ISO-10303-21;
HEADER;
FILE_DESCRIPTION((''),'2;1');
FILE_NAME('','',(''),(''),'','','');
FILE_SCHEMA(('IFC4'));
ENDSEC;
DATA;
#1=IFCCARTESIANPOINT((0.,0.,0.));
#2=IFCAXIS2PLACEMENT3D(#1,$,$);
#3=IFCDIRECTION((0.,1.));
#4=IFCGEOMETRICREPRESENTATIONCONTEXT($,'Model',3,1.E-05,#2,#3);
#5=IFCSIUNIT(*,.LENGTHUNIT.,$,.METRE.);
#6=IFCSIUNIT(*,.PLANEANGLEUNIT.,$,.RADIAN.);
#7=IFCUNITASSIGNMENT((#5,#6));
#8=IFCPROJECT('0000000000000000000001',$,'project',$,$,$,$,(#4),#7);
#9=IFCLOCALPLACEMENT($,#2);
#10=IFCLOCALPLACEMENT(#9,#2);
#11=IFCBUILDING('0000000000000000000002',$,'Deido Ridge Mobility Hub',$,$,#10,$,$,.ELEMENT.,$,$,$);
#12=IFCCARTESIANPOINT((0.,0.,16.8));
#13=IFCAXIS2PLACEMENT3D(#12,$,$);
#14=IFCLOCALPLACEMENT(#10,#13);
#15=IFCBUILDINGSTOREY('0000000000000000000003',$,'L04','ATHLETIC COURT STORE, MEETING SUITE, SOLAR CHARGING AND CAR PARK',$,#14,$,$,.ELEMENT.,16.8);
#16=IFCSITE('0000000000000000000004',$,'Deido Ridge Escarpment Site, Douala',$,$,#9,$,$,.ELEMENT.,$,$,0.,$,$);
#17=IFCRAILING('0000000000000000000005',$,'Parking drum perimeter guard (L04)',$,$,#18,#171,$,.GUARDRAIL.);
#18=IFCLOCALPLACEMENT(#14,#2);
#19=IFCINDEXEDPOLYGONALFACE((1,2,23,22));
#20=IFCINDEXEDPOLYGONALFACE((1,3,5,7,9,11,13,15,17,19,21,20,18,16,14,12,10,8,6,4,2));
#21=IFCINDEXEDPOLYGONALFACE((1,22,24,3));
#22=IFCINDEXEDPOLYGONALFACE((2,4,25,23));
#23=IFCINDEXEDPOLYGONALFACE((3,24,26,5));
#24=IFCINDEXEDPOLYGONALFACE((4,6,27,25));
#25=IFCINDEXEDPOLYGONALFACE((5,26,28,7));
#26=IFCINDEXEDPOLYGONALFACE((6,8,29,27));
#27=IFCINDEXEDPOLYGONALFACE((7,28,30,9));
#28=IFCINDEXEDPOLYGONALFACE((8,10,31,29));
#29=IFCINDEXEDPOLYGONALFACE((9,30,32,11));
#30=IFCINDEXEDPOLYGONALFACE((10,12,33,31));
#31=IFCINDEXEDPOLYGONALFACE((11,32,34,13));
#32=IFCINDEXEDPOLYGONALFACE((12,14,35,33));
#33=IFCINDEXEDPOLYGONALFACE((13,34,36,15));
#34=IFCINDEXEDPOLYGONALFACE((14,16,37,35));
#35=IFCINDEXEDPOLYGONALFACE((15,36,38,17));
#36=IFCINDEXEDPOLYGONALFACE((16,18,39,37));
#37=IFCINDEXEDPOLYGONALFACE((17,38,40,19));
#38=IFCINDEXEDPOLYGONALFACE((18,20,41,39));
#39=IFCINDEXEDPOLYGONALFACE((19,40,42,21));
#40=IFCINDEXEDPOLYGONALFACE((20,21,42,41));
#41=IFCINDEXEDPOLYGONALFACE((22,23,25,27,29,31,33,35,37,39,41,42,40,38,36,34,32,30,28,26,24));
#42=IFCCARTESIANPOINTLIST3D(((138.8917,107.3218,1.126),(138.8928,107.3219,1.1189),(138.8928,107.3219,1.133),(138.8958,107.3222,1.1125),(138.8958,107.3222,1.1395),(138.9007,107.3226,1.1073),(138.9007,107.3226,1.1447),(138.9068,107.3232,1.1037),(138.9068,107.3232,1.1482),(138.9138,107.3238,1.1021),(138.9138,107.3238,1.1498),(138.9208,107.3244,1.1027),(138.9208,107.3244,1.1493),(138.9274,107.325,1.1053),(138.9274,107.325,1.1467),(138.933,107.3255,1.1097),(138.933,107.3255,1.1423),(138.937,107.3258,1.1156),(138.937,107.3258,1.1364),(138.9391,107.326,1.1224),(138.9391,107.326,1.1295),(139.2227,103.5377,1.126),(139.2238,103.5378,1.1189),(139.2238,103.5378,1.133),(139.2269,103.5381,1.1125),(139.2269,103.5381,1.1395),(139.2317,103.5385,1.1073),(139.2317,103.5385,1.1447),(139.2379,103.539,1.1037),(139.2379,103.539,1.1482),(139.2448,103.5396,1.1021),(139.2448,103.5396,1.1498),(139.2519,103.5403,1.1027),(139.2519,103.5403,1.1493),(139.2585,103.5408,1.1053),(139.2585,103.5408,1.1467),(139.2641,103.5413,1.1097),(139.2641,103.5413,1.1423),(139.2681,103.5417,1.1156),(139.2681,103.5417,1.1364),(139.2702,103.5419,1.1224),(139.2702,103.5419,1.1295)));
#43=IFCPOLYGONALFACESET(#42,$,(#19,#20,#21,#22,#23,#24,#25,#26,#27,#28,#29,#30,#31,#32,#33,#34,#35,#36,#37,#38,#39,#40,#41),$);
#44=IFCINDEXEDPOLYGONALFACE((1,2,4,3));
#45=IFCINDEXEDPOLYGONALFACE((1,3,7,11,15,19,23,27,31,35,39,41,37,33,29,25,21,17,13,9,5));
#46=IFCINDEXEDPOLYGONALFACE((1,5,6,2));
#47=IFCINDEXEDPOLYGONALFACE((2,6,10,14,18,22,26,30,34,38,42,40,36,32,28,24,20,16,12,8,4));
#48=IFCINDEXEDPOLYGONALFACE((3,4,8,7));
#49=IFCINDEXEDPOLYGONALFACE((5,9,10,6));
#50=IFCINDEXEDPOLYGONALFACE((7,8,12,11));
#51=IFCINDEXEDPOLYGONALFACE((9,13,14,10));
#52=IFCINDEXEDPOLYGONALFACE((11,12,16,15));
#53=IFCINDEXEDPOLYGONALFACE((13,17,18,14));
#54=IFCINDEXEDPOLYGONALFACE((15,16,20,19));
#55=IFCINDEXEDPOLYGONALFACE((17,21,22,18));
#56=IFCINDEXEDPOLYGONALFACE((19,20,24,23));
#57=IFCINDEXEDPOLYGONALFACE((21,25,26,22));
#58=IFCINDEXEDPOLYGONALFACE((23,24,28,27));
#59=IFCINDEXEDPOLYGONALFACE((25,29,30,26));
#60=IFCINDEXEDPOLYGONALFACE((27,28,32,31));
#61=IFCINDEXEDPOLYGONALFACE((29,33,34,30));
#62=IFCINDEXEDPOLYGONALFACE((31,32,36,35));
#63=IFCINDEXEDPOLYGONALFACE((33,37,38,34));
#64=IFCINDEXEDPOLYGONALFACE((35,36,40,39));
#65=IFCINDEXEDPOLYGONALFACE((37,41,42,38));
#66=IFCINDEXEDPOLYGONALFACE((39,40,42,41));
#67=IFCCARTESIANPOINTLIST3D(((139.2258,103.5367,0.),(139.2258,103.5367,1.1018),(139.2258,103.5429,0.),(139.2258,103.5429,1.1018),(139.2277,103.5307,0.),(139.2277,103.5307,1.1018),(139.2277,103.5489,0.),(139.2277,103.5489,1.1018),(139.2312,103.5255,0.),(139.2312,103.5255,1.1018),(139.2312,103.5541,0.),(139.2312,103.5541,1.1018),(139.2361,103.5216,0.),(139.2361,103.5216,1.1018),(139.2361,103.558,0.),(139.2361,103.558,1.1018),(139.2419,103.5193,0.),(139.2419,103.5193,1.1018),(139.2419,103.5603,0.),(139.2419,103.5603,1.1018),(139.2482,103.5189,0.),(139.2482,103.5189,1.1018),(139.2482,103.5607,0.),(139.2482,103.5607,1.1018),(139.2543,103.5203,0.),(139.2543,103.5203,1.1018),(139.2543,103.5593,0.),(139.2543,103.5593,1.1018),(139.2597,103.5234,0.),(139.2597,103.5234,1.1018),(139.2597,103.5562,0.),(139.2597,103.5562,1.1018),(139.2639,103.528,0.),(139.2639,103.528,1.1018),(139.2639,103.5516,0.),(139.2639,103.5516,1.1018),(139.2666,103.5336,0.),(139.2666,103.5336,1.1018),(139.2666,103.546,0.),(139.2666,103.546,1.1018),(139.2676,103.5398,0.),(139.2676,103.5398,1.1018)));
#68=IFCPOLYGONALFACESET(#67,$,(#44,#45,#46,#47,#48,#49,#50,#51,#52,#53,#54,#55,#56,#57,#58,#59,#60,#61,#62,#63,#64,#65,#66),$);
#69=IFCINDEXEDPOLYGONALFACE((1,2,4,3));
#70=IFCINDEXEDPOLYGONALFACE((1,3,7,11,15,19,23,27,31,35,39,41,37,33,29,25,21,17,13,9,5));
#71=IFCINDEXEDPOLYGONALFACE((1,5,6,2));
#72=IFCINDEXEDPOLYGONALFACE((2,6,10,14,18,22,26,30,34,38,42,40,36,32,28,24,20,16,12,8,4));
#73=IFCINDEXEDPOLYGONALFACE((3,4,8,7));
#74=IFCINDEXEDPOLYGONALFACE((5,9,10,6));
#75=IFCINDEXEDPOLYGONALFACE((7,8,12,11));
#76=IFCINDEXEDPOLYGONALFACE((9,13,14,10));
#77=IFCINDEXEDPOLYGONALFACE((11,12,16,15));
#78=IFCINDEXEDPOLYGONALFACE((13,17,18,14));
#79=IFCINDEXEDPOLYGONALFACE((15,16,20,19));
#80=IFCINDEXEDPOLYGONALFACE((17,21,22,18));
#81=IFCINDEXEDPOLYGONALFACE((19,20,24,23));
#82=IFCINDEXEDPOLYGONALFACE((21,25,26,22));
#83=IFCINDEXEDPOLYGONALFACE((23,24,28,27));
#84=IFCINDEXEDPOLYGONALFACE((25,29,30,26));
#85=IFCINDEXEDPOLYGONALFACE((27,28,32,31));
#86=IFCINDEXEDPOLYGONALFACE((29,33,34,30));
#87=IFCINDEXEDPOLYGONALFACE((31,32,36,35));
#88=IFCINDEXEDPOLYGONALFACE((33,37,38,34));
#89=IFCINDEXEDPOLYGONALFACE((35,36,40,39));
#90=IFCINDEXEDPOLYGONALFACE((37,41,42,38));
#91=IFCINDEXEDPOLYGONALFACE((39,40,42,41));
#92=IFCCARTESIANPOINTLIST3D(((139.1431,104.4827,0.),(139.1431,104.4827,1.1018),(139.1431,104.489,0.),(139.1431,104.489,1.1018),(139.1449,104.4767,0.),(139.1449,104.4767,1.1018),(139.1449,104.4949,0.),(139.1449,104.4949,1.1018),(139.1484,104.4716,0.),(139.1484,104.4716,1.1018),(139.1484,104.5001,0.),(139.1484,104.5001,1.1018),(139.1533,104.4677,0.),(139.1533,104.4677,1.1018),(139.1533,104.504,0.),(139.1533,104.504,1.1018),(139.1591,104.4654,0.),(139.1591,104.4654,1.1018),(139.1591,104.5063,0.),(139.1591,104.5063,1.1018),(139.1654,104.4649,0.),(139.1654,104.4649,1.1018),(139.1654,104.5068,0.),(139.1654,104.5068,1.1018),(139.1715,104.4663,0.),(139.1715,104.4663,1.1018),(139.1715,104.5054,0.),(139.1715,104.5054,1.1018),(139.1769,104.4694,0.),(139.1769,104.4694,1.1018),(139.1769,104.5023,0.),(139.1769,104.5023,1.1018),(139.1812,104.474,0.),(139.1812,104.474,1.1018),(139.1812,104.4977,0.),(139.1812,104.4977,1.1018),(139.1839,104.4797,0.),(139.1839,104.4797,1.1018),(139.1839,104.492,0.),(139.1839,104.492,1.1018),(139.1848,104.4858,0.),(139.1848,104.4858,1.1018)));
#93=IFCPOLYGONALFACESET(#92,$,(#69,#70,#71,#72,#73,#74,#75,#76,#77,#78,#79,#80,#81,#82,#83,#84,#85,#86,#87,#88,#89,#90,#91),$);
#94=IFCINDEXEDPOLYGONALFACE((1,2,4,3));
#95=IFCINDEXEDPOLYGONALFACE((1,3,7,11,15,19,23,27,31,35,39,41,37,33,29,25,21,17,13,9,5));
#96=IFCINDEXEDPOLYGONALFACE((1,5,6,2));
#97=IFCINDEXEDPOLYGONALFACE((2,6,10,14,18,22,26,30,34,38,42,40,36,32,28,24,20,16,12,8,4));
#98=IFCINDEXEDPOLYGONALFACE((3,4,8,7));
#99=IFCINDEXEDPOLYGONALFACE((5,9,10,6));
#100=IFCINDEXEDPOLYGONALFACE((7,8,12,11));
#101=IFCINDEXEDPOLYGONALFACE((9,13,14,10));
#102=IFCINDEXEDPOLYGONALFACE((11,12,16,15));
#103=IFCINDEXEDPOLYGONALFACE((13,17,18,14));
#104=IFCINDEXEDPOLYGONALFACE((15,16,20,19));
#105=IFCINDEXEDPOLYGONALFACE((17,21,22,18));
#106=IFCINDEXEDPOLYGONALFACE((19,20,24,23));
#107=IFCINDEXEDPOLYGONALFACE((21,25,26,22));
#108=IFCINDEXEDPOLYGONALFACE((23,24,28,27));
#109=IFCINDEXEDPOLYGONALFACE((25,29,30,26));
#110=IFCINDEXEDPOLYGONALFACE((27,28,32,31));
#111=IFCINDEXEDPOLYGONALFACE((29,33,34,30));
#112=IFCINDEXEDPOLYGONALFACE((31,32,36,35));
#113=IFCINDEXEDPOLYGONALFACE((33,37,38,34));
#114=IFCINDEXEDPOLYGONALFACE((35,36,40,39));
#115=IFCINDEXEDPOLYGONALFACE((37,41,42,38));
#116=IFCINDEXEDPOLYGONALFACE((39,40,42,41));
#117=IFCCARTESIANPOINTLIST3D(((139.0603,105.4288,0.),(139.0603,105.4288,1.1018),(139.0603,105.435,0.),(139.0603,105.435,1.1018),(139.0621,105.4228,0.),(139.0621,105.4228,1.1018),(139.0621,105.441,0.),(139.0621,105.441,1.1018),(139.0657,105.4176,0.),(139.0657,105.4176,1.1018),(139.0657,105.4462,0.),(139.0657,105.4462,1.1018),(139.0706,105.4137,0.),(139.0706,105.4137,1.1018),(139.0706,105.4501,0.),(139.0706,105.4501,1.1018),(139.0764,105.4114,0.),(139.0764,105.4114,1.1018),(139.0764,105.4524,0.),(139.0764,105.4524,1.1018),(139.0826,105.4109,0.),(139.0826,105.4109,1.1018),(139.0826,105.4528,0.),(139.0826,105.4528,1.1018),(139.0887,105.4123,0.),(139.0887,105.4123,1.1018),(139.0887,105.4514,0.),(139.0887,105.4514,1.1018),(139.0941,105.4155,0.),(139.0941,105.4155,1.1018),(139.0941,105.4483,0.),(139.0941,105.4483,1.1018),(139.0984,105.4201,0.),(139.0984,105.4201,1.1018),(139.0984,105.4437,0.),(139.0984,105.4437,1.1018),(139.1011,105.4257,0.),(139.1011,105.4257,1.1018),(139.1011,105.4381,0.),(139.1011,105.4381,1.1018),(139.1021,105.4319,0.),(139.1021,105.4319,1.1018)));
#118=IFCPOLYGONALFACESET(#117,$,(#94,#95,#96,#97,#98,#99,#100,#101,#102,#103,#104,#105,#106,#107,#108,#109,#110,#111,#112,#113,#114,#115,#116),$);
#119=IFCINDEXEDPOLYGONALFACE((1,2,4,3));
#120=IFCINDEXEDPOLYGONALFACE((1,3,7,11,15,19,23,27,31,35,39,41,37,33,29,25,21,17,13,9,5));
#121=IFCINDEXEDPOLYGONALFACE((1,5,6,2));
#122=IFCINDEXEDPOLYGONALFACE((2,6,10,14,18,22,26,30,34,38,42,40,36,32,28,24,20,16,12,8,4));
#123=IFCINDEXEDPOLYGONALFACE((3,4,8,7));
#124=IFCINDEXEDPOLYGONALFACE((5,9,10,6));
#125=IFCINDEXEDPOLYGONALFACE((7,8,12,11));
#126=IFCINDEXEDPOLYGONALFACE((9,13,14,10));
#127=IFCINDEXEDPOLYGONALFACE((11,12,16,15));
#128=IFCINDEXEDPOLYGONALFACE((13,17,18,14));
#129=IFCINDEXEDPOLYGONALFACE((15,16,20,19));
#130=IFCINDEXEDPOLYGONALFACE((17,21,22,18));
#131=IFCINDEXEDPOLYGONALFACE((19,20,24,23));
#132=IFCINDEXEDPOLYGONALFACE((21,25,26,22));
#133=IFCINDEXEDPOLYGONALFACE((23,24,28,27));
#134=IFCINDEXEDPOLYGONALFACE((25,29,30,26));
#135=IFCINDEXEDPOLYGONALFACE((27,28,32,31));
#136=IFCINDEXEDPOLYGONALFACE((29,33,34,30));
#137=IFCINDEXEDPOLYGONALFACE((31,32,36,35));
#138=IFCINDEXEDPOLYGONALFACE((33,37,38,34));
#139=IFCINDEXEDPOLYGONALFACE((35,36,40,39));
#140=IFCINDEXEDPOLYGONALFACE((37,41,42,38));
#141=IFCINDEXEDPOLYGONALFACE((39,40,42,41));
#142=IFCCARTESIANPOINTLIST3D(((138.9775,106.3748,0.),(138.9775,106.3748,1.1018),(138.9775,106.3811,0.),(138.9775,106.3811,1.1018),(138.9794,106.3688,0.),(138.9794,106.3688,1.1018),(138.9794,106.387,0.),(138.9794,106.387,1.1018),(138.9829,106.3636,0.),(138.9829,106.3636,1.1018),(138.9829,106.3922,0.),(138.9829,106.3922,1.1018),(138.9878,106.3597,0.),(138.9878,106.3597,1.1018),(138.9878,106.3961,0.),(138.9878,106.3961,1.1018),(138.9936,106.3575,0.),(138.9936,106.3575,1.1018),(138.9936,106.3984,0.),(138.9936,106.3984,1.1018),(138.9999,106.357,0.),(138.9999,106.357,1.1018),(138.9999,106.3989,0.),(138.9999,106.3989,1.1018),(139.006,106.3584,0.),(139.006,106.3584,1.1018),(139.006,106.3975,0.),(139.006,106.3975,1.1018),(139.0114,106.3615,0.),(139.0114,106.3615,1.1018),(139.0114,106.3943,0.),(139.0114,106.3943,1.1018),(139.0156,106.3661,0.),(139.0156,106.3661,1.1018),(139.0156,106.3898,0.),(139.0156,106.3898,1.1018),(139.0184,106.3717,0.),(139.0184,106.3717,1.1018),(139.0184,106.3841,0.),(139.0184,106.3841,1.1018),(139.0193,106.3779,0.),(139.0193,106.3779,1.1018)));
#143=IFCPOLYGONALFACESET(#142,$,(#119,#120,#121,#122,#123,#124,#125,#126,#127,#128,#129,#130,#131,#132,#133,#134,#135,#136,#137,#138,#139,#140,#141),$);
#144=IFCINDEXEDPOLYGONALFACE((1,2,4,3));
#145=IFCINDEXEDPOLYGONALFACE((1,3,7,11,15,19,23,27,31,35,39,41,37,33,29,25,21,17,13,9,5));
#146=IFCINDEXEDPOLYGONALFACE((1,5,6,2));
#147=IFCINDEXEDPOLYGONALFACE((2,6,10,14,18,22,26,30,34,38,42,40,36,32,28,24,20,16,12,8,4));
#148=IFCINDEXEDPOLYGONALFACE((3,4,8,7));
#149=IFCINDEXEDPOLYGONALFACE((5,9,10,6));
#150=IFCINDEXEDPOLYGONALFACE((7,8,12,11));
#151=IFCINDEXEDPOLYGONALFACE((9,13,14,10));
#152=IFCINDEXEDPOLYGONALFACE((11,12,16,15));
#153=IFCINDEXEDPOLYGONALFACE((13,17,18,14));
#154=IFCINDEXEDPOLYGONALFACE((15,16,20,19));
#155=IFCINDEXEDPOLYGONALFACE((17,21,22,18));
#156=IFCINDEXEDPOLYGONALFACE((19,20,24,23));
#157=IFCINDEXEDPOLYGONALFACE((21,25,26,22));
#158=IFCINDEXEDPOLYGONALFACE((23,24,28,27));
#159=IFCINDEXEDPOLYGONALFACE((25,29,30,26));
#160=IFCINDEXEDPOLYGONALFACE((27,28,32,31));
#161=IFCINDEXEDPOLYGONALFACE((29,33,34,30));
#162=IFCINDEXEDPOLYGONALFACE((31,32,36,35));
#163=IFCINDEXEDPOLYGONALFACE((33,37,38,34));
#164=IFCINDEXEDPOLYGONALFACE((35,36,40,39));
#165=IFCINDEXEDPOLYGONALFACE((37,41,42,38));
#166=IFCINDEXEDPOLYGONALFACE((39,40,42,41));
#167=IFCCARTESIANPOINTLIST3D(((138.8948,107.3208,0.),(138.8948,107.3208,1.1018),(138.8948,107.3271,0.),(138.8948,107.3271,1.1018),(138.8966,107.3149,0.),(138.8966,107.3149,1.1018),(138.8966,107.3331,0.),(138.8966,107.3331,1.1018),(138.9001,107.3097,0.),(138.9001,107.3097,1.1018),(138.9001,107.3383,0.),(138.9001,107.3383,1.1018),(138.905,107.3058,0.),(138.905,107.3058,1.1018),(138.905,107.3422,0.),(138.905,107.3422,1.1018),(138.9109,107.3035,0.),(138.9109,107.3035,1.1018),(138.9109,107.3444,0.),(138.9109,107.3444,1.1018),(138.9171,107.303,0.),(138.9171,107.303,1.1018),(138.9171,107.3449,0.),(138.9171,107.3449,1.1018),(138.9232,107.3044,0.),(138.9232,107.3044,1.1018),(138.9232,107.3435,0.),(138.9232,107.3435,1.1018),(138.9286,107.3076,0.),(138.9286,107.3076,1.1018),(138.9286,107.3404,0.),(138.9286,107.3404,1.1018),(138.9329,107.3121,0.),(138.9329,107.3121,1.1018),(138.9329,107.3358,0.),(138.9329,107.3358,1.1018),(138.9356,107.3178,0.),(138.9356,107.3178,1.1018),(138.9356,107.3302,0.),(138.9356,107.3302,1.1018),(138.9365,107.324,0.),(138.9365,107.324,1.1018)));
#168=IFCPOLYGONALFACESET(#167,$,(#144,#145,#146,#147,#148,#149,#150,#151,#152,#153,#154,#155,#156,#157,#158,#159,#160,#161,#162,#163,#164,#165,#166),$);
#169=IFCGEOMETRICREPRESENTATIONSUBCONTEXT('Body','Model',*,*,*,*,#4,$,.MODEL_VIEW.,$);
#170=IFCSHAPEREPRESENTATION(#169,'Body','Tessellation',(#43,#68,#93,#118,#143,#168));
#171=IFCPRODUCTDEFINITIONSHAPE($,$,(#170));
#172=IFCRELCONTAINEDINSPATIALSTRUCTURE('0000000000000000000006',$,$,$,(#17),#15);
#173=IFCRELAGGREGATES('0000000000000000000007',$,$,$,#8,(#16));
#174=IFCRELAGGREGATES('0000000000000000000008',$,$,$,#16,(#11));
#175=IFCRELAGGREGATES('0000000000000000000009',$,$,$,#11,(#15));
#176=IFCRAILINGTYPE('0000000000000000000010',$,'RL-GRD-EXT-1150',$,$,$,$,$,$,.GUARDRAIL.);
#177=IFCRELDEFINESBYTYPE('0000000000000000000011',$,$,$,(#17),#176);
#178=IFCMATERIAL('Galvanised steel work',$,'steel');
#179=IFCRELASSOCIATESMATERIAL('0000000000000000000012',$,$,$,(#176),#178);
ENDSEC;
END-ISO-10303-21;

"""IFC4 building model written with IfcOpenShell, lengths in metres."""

from ifc_helpers import new_model, si_unit, direction, frame, origin, origin_2d, place, context, subcontext, project, spatial, circle, extrude, material, type_object, element, save


model = new_model("IFC4")

# Units and contexts
model_context = context("Model", 3, precision=1e-05, world=origin(), true_north=direction((0.0, 1.0)))
body_context = subcontext(model_context, "Body", "Model", "MODEL_VIEW")
ifc_project = project(units=[si_unit("LENGTHUNIT", "METRE"), si_unit("PLANEANGLEUNIT", "RADIAN")], contexts=[model_context])

# Site, building, storey
site_placement = place(None, origin())
site = spatial("IfcSite", under=ifc_project, at=site_placement, Name="Deido Ridge Escarpment Site, Douala", CompositionType="ELEMENT", RefElevation=0.0)
building_placement = place(site_placement, origin())
building = spatial("IfcBuilding", under=site, at=building_placement, Name="Deido Ridge Mobility Hub", CompositionType="ELEMENT")
storey_placement = place(building_placement, frame((0.0, 0.0, 16.8)))
storey = spatial("IfcBuildingStorey", under=building, at=storey_placement, Name="L04", Description="ATHLETIC COURT STORE, MEETING SUITE, SOLAR CHARGING AND CAR PARK", CompositionType="ELEMENT", Elevation=16.8)

# Railing
ifc_material_1 = material(Name="Galvanised steel work", Category="steel")
railing_type = type_object("IfcRailingType", Name="RL-GRD-EXT-1150", PredefinedType="GUARDRAIL", material=ifc_material_1)
railing_1_placement = place(storey_placement, frame((139.2466, 103.5398, 0.0)))
element("IfcRailing", 1, at=railing_1_placement, inside=storey, type_object=railing_type, Name="Parking drum perimeter guard (L04)", PredefinedType="GUARDRAIL", context=body_context, shape_type="SweptSolid", body=[
    extrude(circle(Radius=0.0239, at=origin_2d()), frame((0.0, 0.0, 1.126), z_axis=(-0.087151, 0.996195, 0.0), x_axis=(-0.996195, -0.087151, 0.0)), (0.0, 0.0, 1.0), 3.7986),
    extrude(circle(Radius=0.021, at=origin_2d()), origin(), (0.0, 0.0, 1.0), 1.1018),
    extrude(circle(Radius=0.021, at=origin_2d()), frame((-0.0828, 0.946, 0.0)), (0.0, 0.0, 1.0), 1.1018),
    extrude(circle(Radius=0.021, at=origin_2d()), frame((-0.1655, 1.8921, 0.0)), (0.0, 0.0, 1.0), 1.1018),
    extrude(circle(Radius=0.021, at=origin_2d()), frame((-0.2483, 2.8381, 0.0)), (0.0, 0.0, 1.0), 1.1018),
    extrude(circle(Radius=0.021, at=origin_2d()), frame((-0.3311, 3.7842, 0.0)), (0.0, 0.0, 1.0), 1.1018),
])

save(model, "model.ifc")
